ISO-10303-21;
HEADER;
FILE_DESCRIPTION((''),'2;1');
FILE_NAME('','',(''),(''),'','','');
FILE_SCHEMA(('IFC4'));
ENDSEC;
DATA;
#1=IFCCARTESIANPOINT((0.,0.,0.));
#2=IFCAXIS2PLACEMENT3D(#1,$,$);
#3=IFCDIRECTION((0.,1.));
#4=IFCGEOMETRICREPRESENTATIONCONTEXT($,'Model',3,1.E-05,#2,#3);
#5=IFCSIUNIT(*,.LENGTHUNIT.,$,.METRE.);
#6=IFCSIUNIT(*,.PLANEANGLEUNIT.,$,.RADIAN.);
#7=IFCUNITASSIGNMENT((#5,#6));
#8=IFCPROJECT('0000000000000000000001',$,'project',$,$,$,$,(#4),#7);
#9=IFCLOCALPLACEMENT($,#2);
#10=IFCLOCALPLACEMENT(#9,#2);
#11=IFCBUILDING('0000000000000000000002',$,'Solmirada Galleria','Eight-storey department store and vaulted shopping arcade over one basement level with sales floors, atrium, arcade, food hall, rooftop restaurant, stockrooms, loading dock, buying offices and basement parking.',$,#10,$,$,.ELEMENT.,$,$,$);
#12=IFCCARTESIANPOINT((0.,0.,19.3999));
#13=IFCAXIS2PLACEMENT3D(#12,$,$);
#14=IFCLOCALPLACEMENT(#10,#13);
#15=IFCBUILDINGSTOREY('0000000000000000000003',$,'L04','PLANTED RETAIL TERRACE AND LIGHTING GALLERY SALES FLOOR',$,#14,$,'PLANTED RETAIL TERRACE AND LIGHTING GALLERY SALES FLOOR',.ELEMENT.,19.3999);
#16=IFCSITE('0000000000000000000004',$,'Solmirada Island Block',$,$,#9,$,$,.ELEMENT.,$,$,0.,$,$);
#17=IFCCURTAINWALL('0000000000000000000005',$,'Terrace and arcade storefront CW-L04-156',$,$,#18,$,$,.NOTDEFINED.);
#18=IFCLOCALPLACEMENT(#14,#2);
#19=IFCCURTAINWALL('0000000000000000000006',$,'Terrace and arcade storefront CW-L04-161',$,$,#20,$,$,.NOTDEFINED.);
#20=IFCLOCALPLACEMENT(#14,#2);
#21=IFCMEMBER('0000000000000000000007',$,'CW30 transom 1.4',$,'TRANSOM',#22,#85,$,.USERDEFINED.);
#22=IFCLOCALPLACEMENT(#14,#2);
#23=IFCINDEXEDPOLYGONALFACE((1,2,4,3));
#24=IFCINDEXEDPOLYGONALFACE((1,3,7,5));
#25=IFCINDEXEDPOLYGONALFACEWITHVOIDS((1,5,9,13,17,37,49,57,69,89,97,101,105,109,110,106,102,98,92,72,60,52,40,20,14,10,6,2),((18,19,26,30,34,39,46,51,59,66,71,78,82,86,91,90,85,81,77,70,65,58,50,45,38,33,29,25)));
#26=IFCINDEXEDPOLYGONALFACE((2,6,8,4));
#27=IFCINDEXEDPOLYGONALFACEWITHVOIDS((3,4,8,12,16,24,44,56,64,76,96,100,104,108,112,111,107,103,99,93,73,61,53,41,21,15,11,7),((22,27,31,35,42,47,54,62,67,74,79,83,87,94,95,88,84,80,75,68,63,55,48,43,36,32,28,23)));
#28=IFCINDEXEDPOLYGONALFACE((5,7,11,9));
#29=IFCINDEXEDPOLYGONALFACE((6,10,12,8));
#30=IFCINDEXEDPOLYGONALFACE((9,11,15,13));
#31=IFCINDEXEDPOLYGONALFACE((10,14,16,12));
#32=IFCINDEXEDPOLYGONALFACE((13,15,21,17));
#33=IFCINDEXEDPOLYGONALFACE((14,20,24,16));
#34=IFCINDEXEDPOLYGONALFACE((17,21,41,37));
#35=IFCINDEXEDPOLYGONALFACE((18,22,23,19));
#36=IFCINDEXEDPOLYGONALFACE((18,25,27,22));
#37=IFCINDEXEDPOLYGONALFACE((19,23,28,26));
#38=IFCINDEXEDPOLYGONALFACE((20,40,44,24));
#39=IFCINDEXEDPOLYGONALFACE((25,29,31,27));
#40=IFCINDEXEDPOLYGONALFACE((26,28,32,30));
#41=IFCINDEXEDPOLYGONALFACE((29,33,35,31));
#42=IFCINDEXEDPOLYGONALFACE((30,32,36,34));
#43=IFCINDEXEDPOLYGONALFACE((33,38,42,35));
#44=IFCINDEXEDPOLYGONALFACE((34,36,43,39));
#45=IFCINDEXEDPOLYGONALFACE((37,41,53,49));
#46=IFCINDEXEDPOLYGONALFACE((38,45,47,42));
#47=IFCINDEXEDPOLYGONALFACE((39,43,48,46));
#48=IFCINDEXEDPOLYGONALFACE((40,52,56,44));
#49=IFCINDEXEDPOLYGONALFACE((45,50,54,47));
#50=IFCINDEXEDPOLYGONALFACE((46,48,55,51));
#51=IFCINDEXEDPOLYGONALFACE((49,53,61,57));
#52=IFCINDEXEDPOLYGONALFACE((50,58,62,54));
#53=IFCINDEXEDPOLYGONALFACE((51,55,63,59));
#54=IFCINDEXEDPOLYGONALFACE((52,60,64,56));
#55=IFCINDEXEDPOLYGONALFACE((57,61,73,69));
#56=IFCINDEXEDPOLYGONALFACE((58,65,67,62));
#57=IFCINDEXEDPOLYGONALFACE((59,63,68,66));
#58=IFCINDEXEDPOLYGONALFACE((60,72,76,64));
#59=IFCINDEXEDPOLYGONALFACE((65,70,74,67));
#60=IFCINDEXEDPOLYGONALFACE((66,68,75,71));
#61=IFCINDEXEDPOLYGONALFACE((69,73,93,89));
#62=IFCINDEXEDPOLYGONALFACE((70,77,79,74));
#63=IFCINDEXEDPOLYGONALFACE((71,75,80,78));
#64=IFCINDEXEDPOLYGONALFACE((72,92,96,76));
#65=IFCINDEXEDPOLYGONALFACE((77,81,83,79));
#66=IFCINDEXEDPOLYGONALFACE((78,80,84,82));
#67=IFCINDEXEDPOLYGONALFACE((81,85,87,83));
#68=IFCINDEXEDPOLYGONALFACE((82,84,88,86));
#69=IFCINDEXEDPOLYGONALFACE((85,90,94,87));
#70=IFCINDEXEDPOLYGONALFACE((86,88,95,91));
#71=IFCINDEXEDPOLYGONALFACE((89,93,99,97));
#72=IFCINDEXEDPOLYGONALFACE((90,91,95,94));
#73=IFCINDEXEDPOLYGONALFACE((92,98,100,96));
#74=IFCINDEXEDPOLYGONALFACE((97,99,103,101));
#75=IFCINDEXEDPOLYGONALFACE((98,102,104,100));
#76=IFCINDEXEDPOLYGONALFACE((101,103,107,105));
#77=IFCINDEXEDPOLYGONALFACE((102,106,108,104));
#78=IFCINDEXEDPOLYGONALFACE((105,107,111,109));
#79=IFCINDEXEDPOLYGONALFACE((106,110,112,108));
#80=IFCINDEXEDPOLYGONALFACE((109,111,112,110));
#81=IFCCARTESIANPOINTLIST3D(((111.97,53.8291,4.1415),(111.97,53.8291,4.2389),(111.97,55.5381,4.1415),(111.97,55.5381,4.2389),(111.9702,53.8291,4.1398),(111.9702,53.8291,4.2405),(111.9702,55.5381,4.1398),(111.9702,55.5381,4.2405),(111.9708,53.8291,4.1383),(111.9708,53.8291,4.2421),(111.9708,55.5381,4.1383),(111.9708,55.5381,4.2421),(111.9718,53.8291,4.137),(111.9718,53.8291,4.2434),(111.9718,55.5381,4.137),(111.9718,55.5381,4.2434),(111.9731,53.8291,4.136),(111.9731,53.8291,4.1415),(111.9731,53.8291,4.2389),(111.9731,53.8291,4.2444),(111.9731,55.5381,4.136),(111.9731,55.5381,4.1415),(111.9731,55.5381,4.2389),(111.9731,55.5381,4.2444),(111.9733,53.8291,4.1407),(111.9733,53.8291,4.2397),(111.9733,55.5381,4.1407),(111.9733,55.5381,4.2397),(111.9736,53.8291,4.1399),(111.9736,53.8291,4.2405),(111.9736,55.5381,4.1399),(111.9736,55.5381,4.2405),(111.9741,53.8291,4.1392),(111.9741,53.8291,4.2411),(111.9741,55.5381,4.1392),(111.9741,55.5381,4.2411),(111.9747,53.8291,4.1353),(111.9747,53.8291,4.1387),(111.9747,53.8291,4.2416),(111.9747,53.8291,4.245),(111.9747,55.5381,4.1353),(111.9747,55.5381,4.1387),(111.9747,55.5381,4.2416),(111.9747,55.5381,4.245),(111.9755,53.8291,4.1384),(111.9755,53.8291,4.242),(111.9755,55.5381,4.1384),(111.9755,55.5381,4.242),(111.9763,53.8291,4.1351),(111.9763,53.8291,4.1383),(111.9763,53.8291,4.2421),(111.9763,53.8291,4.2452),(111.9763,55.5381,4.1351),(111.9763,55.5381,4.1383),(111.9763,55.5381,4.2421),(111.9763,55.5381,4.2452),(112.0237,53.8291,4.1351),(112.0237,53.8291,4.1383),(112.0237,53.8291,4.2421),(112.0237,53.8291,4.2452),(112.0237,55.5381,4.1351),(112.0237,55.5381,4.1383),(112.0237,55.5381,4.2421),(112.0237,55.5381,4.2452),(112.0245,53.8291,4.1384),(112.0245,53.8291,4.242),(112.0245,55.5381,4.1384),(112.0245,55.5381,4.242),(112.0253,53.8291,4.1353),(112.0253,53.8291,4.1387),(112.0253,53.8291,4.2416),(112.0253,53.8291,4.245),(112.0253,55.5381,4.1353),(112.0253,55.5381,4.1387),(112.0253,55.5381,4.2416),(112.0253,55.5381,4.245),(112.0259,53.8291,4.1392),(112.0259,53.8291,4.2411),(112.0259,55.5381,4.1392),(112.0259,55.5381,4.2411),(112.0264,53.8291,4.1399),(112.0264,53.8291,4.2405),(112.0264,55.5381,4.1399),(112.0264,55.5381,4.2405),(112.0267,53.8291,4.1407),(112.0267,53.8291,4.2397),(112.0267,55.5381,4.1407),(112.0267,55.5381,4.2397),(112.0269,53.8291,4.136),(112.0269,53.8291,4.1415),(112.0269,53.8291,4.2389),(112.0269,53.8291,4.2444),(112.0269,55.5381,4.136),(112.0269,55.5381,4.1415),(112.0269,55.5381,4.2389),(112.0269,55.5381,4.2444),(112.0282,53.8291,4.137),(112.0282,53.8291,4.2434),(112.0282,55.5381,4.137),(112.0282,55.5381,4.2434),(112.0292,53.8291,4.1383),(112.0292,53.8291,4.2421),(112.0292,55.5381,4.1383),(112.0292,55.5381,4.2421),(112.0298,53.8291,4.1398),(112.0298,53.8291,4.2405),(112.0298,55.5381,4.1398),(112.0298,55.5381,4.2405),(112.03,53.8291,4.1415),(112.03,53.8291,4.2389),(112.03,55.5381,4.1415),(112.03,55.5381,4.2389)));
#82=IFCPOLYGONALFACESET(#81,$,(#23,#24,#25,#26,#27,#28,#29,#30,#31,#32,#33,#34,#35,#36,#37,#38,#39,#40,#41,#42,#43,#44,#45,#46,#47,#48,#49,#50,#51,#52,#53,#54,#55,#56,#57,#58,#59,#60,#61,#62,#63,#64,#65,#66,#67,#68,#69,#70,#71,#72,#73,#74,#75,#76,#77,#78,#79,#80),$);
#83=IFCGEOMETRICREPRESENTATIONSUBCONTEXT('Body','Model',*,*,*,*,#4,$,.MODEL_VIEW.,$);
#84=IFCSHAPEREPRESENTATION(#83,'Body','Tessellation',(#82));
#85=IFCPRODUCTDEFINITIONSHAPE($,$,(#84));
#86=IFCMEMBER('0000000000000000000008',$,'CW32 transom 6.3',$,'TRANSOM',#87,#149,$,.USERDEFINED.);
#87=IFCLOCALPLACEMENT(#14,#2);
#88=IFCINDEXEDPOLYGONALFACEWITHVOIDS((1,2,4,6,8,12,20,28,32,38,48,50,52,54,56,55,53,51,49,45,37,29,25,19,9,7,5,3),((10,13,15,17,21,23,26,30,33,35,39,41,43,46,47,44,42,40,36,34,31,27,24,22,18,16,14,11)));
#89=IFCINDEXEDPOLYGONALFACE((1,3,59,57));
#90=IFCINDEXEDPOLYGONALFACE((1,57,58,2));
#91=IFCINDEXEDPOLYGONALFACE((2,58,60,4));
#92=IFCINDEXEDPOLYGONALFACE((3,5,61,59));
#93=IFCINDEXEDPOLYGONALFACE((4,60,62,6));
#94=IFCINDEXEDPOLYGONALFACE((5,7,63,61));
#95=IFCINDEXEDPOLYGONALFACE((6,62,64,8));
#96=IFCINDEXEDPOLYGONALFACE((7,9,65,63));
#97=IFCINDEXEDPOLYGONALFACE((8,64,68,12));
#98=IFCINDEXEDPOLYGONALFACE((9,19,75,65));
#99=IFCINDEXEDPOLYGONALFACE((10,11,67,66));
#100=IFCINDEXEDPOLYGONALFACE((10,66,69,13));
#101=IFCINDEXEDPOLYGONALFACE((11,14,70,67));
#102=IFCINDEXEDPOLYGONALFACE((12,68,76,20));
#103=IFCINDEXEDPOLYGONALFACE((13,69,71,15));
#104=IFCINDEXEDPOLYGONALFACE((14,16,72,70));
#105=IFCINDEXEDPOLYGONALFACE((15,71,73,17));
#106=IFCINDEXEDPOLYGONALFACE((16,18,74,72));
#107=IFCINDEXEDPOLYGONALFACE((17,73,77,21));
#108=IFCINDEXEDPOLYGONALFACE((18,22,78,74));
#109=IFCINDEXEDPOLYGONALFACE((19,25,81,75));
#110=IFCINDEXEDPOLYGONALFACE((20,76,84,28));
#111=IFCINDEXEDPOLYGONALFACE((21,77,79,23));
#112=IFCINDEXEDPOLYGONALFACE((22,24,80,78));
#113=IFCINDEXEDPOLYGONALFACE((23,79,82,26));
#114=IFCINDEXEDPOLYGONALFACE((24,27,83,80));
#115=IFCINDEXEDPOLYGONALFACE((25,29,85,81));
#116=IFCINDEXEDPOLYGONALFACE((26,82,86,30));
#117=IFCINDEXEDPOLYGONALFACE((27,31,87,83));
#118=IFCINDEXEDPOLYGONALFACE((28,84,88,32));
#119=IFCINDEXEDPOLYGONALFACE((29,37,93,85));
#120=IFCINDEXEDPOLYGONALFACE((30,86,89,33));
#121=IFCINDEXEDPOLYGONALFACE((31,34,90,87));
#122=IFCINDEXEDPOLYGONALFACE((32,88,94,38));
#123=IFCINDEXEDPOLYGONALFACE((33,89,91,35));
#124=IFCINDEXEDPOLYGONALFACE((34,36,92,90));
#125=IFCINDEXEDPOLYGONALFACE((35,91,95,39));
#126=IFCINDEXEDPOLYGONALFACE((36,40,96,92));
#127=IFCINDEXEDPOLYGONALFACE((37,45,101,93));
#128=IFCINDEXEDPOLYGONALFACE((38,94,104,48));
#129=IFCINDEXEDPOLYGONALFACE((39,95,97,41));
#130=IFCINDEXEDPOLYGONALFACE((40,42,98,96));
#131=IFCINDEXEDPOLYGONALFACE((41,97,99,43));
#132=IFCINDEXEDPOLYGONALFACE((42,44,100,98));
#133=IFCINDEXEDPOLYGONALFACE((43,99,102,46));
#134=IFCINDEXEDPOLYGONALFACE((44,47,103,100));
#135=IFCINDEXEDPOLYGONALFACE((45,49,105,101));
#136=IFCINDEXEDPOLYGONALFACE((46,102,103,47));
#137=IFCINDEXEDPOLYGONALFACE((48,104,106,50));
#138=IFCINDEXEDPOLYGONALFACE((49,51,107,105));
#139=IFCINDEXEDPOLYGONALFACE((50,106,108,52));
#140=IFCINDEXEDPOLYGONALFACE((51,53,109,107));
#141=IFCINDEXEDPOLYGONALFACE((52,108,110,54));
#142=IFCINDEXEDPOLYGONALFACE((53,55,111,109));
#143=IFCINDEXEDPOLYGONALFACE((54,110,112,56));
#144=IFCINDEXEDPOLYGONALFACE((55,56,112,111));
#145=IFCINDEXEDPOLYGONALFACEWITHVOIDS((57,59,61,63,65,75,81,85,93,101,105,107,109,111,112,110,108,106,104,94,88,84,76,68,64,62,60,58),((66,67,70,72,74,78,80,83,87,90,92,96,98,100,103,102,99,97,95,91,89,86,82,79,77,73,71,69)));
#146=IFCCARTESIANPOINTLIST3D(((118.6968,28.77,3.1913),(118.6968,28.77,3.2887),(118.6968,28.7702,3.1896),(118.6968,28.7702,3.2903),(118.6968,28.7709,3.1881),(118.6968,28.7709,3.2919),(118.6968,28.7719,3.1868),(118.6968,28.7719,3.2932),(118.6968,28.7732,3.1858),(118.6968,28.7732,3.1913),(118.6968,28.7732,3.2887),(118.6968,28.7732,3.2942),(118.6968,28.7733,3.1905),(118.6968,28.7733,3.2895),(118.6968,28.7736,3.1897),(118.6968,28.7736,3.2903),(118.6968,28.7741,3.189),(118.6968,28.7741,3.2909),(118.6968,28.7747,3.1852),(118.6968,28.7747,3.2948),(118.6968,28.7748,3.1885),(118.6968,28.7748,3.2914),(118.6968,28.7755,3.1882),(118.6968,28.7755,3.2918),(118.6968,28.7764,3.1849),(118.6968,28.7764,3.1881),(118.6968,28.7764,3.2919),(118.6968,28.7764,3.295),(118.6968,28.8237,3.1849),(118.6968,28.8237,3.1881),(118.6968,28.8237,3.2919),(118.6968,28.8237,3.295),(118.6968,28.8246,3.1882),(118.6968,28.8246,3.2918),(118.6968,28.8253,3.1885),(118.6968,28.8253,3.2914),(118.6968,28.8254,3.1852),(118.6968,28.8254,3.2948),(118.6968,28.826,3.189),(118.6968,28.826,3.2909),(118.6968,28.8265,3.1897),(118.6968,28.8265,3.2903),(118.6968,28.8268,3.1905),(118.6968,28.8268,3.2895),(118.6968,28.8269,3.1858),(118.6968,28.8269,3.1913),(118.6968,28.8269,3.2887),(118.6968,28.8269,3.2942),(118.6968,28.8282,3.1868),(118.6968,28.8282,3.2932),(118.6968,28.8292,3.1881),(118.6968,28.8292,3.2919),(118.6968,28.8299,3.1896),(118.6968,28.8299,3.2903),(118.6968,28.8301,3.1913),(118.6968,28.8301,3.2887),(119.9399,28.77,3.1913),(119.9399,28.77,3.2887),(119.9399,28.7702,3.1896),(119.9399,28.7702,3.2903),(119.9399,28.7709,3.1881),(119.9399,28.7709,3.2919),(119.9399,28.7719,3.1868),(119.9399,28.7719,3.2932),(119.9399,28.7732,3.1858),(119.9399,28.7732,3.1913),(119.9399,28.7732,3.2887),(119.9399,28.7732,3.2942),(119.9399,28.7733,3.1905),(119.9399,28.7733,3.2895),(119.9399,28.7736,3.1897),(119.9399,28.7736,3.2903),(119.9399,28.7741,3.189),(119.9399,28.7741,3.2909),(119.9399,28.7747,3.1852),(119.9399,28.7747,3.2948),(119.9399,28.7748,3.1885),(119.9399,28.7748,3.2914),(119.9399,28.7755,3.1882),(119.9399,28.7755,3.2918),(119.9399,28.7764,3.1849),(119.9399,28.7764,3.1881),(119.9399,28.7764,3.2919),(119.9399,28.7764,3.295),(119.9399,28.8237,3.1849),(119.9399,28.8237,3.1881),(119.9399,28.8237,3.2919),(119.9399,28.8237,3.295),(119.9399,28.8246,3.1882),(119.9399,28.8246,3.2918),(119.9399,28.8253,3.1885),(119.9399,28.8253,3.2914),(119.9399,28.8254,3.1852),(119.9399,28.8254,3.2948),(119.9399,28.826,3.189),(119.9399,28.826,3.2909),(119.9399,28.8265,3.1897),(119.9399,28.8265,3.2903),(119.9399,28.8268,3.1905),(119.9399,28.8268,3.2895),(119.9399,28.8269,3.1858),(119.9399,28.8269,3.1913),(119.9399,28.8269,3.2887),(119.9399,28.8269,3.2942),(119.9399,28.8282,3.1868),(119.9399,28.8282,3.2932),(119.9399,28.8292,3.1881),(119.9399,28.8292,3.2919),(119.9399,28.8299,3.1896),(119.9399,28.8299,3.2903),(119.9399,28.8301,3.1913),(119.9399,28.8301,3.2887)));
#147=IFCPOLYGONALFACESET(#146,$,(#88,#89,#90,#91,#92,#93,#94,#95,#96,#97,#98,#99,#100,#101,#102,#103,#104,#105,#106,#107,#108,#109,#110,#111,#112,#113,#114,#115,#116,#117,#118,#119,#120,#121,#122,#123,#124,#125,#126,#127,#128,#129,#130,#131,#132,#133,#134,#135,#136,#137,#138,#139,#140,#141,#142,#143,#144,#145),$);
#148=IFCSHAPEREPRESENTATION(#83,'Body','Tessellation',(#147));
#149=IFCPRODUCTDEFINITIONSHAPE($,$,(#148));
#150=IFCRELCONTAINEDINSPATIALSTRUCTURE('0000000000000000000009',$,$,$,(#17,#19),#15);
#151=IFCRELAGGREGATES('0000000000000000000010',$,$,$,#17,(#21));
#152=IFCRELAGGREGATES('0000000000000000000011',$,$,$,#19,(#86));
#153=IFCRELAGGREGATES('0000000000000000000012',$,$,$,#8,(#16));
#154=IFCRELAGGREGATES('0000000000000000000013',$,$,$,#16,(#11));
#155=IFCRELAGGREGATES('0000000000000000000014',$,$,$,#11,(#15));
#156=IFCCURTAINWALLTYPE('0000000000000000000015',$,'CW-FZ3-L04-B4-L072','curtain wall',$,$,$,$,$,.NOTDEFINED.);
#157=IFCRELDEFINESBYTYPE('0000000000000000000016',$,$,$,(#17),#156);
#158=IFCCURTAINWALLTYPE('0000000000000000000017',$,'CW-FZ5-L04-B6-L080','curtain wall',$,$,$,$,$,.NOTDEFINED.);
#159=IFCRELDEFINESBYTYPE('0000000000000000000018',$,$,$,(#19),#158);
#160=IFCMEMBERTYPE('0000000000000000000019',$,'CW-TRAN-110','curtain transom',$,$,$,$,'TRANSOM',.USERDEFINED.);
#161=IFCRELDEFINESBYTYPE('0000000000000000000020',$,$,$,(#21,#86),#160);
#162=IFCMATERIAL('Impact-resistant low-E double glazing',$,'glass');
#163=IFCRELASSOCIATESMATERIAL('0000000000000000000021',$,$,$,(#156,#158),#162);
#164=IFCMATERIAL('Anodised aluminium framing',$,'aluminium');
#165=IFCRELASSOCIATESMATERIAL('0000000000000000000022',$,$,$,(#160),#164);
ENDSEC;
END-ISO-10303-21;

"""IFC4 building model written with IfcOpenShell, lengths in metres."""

from ifc_helpers import new_model, si_unit, direction, frame, origin, origin_2d, place, context, subcontext, project, spatial, hollow_rectangle, extrude, material, material_profile, profile_set, type_object, element, aggregate, save


model = new_model("IFC4")

# Units and contexts
model_context = context("Model", 3, precision=1e-05, world=origin(), true_north=direction((0.0, 1.0)))
body_context = subcontext(model_context, "Body", "Model", "MODEL_VIEW")
ifc_project = project(units=[si_unit("LENGTHUNIT", "METRE"), si_unit("PLANEANGLEUNIT", "RADIAN")], contexts=[model_context])

# Site, building, storey
site_placement = place(None, origin())
site = spatial("IfcSite", under=ifc_project, at=site_placement, Name="Solmirada Island Block", CompositionType="ELEMENT", RefElevation=0.0)
building_placement = place(site_placement, origin())
building = spatial("IfcBuilding", under=site, at=building_placement, Name="Solmirada Galleria", Description="Eight-storey department store and vaulted shopping arcade over one basement level with sales floors, atrium, arcade, food hall, rooftop restaurant, stockrooms, loading dock, buying offices and basement parking.", CompositionType="ELEMENT")
storey_placement = place(building_placement, frame((0.0, 0.0, 19.3999)))
storey = spatial("IfcBuildingStorey", under=building, at=storey_placement, Name="L04", Description="PLANTED RETAIL TERRACE AND LIGHTING GALLERY SALES FLOOR", LongName="PLANTED RETAIL TERRACE AND LIGHTING GALLERY SALES FLOOR", CompositionType="ELEMENT", Elevation=19.3999)

# Shared definitions
ifc_material_1 = material(Name="Impact-resistant low-E double glazing", Category="glass")
curtain_wall_type_1 = type_object("IfcCurtainWallType", Name="CW-FZ3-L04-B4-L072", Description="curtain wall", PredefinedType="NOTDEFINED", material=ifc_material_1)
ifc_material_2 = material(Name="Anodised aluminium framing", Category="aluminium")

# Curtain walls
curtain_wall_1_placement = place(storey_placement, origin())
curtain_wall_1 = element("IfcCurtainWall", 1, at=curtain_wall_1_placement, inside=storey, type_object=curtain_wall_type_1, Name="Terrace and arcade storefront CW-L04-156", PredefinedType="NOTDEFINED")
curtain_wall_type_2 = type_object("IfcCurtainWallType", Name="CW-FZ5-L04-B6-L080", Description="curtain wall", PredefinedType="NOTDEFINED", material=ifc_material_1)
curtain_wall_2_placement = place(storey_placement, origin())
curtain_wall_2 = element("IfcCurtainWall", 2, at=curtain_wall_2_placement, inside=storey, type_object=curtain_wall_type_2, Name="Terrace and arcade storefront CW-L04-161", PredefinedType="NOTDEFINED")

# Members
ifc_material_profile_1 = material_profile(ifc_material_2, hollow_rectangle(XDim=0.0601, YDim=0.1101, WallThickness=0.0032, InnerFilletRadius=0.0032, OuterFilletRadius=0.0063, at=origin_2d()), Name="ALU-TRAN-110X60")
ifc_profile_set_1 = profile_set([ifc_material_profile_1], Name="Anodised aluminium framing")
member_type_1 = type_object("IfcMemberType", Name="CW-TRAN-110", Description="curtain transom", ElementType="TRANSOM", PredefinedType="USERDEFINED", material=ifc_profile_set_1)
member_1_placement = place(storey_placement, frame((112.0, 55.5381, 4.1902), z_axis=(0.0, -1.0, 0.0), x_axis=(1.0, 0.0, 0.0)))
member_1 = element("IfcMember", 3, at=member_1_placement, type_object=member_type_1, Name="CW30 transom 1.4", ObjectType="TRANSOM", PredefinedType="USERDEFINED", context=body_context, shape_type="SweptSolid", body=[
    extrude(hollow_rectangle(XDim=0.0601, YDim=0.1101, WallThickness=0.0032, InnerFilletRadius=0.0032, OuterFilletRadius=0.0063, at=origin_2d()), origin(), (0.0, 0.0, 1.0), 1.709),
])
aggregate(curtain_wall_1, [member_1])
member_2_placement = place(storey_placement, frame((118.6968, 28.8, 3.24), z_axis=(1.0, 0.0, 0.0), x_axis=(0.0, 1.0, 0.0)))
member_2 = element("IfcMember", 4, at=member_2_placement, type_object=member_type_1, Name="CW32 transom 6.3", ObjectType="TRANSOM", PredefinedType="USERDEFINED", context=body_context, shape_type="SweptSolid", body=[
    extrude(hollow_rectangle(XDim=0.0601, YDim=0.1101, WallThickness=0.0032, InnerFilletRadius=0.0032, OuterFilletRadius=0.0063, at=origin_2d()), origin(), (0.0, 0.0, 1.0), 1.2432),
])

aggregate(curtain_wall_2, [member_2])

save(model, "model.ifc")
